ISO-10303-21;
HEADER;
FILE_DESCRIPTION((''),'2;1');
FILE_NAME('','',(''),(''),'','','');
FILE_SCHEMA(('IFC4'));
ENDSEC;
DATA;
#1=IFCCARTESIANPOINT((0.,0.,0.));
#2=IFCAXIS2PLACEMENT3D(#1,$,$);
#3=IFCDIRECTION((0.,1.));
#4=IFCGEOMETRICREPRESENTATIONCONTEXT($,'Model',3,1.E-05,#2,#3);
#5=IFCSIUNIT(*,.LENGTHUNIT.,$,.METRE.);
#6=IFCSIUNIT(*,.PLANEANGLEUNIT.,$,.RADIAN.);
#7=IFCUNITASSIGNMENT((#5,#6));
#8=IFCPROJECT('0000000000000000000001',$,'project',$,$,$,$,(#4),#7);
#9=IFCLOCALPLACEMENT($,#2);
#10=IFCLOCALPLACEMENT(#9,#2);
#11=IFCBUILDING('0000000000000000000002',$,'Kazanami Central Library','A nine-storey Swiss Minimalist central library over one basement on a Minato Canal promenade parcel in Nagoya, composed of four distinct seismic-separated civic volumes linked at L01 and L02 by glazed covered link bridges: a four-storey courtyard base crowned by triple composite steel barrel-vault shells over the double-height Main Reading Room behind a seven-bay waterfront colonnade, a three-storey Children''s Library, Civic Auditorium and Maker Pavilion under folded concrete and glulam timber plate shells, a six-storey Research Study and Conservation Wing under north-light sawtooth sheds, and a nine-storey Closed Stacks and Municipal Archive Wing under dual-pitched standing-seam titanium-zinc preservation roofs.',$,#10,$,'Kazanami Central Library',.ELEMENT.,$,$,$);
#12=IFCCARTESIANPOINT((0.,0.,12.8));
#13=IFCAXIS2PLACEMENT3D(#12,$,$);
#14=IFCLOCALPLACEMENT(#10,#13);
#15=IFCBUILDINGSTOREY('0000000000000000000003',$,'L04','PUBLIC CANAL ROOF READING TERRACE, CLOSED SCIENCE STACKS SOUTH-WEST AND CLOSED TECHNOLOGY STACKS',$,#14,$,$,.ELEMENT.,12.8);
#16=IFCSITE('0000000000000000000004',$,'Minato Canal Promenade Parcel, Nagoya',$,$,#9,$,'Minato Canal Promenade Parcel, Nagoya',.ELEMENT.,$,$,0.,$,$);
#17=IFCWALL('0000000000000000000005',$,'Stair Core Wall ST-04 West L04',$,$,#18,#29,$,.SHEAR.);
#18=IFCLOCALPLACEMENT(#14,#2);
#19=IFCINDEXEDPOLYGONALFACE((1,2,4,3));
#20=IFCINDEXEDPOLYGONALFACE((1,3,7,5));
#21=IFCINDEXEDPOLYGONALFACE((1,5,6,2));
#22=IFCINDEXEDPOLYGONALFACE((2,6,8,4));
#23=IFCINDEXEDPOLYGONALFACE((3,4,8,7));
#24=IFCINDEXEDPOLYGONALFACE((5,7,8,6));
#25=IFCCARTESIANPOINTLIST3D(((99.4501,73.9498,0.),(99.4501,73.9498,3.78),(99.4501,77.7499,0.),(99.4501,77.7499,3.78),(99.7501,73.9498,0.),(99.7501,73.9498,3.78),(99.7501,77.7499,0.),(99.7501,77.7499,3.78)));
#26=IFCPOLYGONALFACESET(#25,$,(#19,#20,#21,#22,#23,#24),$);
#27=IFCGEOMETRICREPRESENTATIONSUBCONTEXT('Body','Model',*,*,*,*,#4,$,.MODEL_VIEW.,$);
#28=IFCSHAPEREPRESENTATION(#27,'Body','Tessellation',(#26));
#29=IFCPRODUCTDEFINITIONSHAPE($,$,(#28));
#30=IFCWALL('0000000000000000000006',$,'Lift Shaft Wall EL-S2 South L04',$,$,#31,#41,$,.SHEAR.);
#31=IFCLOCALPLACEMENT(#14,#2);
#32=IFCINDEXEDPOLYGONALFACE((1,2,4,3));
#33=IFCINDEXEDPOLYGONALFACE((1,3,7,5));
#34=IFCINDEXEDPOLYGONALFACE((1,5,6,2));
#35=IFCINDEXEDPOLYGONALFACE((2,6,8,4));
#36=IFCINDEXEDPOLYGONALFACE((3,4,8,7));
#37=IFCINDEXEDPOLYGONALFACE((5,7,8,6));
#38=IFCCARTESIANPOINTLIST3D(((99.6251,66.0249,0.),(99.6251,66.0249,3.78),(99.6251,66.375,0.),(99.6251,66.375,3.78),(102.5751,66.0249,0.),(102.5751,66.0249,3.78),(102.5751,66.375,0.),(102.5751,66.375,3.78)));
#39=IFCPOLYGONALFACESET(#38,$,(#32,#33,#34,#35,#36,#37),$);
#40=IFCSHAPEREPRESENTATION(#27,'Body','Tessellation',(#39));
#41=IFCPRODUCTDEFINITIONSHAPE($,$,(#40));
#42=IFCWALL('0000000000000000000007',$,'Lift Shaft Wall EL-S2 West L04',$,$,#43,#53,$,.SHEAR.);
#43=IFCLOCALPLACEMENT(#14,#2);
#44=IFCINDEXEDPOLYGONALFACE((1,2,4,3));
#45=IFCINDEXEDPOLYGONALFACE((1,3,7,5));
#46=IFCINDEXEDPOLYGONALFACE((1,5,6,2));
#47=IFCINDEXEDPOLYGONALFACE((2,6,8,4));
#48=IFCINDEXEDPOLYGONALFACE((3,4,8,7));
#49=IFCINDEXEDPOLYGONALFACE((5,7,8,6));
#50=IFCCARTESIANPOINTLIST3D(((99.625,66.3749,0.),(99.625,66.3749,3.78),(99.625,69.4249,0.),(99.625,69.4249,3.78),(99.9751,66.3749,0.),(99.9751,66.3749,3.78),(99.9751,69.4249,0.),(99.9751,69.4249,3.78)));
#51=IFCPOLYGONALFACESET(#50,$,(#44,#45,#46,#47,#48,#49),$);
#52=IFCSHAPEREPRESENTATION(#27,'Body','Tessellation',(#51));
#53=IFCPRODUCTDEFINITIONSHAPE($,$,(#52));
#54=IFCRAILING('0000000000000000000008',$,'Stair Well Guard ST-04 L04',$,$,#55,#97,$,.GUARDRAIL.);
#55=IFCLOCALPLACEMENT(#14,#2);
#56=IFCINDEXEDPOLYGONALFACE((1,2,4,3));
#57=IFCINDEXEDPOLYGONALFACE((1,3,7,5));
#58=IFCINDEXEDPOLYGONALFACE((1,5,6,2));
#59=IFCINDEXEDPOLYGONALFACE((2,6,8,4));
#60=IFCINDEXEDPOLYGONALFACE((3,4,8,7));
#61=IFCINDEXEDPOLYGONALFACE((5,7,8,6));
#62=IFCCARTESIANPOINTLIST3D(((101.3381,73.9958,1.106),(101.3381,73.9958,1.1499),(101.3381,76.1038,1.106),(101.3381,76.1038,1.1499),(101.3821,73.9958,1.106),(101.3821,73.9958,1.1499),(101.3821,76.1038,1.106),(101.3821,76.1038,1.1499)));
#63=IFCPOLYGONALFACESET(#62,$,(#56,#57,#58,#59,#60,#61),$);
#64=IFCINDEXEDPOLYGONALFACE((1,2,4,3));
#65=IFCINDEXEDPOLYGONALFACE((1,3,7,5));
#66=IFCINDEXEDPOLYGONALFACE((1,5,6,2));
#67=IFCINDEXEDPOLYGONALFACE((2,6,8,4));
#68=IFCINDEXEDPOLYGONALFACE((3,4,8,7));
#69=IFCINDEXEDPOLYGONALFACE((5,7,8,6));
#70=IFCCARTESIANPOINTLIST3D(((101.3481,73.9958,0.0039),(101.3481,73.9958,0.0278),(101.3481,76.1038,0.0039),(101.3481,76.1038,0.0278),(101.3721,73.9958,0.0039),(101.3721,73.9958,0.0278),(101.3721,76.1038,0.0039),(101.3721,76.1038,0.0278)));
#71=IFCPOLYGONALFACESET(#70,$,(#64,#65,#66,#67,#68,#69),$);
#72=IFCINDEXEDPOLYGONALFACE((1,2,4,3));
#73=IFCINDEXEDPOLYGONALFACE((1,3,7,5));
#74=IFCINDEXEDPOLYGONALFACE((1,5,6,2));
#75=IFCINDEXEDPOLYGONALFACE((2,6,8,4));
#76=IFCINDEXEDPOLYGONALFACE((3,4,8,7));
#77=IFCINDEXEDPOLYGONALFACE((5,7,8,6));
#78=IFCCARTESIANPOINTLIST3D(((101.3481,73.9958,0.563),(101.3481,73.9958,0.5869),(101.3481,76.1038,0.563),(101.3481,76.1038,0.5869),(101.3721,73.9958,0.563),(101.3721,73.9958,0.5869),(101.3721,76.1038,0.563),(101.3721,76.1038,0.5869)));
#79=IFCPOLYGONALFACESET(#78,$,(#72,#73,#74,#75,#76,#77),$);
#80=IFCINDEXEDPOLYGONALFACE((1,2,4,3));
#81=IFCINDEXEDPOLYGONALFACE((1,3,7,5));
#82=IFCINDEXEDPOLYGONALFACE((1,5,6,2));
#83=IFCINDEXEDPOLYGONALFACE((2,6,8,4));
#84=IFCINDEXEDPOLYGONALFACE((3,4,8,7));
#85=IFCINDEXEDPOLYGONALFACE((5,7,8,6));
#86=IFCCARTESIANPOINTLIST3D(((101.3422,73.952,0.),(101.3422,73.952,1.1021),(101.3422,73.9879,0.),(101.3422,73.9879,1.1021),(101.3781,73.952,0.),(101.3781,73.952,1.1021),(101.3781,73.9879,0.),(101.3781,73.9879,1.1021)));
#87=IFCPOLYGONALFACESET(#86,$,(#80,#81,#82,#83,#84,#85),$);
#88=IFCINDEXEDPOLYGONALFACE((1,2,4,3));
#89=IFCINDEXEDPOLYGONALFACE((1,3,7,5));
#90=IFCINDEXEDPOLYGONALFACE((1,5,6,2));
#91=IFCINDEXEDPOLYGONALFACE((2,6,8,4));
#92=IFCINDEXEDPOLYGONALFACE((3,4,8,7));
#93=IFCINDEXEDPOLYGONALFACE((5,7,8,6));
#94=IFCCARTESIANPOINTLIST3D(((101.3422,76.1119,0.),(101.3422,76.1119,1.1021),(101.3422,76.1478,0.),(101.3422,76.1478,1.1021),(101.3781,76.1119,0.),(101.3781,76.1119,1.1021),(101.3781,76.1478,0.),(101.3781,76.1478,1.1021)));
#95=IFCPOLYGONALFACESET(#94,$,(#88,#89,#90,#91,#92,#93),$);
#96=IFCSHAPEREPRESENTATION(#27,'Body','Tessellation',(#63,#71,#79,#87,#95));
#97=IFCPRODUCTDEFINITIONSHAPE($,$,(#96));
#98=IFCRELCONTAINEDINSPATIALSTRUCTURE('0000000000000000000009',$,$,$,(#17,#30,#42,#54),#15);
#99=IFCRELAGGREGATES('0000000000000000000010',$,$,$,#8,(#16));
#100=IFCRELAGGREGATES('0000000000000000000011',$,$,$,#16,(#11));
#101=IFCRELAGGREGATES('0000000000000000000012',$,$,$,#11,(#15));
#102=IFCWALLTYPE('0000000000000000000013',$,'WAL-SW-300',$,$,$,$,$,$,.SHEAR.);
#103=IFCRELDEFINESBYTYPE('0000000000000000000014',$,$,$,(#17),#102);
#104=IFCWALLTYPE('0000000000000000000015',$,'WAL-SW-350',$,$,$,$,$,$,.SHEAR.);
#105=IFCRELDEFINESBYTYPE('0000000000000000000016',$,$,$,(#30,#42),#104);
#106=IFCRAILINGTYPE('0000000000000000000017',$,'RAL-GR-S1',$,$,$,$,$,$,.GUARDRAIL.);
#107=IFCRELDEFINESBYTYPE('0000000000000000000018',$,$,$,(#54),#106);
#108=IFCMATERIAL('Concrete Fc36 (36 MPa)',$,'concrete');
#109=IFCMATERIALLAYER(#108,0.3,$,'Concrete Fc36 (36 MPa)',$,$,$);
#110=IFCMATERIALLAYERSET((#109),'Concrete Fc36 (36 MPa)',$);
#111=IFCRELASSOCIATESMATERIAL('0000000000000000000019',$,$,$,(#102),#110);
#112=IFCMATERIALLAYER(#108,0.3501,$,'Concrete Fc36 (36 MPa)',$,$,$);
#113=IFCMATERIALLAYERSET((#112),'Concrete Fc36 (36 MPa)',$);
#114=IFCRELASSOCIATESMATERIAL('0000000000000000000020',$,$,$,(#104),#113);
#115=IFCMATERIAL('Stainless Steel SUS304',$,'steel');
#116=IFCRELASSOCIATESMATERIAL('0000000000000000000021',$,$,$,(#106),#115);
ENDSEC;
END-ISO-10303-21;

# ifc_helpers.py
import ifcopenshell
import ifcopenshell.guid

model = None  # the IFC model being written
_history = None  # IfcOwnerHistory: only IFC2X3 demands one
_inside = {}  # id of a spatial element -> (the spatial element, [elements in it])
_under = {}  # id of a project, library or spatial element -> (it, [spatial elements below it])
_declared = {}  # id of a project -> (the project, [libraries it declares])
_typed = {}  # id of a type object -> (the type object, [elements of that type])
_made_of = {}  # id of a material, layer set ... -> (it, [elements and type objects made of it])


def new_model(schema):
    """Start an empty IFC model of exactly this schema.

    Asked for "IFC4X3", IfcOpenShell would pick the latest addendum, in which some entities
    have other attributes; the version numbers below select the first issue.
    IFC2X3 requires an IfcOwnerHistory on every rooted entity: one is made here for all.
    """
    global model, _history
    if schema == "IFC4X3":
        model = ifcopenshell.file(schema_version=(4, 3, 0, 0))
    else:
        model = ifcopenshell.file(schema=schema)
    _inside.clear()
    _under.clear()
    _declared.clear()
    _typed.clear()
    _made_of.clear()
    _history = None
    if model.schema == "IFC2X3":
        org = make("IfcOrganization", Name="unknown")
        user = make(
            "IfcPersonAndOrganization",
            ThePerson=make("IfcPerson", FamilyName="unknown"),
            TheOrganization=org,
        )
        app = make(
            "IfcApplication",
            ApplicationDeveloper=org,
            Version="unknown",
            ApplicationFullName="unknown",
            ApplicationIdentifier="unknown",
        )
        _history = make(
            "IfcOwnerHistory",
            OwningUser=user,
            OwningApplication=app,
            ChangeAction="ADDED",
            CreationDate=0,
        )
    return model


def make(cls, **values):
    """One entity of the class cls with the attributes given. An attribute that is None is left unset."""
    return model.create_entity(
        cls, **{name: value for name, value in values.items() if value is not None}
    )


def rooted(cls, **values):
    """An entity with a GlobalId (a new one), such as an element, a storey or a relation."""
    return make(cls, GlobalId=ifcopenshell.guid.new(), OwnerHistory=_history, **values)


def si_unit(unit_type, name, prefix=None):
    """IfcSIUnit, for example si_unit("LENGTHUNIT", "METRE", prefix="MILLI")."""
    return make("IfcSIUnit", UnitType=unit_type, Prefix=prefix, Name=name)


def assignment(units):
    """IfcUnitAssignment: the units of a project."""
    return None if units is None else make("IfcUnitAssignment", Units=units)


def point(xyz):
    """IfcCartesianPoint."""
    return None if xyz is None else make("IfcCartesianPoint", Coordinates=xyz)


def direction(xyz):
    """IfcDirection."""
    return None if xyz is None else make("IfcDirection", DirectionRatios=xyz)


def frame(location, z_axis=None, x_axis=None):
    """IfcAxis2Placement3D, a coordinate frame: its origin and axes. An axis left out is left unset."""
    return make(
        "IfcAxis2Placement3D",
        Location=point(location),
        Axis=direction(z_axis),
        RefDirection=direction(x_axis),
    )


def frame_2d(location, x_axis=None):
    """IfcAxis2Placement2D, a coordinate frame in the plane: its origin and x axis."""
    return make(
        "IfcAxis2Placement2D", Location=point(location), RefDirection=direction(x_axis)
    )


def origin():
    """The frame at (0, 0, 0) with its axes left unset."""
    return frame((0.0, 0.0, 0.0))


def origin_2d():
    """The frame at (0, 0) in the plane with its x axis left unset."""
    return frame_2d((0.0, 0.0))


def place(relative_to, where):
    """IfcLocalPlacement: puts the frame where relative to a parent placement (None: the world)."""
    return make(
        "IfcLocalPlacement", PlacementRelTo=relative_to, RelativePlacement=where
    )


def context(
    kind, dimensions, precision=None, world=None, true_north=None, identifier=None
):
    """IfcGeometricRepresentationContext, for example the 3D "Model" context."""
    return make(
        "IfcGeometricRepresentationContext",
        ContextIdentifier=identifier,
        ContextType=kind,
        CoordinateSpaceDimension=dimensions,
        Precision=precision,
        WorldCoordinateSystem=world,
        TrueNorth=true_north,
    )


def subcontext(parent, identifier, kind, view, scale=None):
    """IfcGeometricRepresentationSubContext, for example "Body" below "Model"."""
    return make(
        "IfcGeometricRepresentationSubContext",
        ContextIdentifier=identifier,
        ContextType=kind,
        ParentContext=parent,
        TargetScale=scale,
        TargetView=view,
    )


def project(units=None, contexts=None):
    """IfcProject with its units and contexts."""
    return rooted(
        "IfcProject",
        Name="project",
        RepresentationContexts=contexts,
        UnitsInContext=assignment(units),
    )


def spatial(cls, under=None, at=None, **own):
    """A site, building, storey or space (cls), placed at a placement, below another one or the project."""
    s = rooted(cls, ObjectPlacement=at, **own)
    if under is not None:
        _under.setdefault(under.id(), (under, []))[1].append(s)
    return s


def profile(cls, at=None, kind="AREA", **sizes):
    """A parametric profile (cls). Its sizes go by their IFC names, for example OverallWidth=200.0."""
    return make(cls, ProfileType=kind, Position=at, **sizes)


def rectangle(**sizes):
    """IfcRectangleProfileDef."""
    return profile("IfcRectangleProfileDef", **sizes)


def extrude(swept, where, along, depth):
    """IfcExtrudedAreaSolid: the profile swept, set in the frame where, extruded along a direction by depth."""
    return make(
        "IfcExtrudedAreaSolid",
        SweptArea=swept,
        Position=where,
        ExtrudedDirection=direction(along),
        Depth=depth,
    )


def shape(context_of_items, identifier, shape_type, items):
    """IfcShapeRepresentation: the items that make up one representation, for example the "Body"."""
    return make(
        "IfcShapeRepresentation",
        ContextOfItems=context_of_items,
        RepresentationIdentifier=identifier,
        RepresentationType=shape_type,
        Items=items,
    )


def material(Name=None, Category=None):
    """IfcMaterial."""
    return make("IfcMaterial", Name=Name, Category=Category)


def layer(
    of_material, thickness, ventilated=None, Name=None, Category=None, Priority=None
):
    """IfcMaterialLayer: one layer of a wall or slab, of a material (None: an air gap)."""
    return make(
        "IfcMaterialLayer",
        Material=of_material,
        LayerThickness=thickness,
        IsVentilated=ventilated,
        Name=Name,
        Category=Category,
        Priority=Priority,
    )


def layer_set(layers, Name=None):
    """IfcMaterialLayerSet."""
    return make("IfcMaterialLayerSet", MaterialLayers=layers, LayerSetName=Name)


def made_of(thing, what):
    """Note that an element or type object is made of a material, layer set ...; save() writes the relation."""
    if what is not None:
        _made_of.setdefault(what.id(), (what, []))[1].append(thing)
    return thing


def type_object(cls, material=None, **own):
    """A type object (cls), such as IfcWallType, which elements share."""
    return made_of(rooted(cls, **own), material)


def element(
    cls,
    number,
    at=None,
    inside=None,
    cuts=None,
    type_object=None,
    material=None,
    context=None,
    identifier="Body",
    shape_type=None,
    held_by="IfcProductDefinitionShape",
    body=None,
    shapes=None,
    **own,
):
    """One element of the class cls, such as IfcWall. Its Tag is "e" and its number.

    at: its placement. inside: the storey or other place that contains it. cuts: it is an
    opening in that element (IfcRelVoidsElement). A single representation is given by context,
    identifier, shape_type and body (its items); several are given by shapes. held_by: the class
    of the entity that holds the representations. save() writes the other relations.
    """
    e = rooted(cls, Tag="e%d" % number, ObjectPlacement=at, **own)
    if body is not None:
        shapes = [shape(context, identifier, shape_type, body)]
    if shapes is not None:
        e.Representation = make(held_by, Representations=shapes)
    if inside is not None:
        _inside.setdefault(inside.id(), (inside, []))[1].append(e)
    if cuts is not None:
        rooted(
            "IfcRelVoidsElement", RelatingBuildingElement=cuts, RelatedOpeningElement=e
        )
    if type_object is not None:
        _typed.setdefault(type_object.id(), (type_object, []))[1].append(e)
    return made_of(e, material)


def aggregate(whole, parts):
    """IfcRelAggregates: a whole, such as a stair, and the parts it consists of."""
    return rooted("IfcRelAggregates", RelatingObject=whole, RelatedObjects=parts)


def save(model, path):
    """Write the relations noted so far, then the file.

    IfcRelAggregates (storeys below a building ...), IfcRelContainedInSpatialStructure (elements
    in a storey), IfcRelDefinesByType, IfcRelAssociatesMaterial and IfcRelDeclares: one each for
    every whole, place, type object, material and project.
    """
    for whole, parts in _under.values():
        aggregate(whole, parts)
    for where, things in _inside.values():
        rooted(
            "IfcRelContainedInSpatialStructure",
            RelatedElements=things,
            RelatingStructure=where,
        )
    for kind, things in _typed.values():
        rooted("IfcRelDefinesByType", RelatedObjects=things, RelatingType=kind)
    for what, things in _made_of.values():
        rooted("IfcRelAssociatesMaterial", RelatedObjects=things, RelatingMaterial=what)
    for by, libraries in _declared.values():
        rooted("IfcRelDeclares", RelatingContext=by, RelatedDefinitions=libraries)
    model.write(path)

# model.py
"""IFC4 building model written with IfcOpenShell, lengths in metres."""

from ifc_helpers import new_model, si_unit, direction, frame, frame_2d, origin, origin_2d, place, context, subcontext, project, spatial, rectangle, extrude, material, layer, layer_set, type_object, element, save


model = new_model("IFC4")

# Units and contexts
model_context = context("Model", 3, precision=1e-05, world=origin(), true_north=direction((0.0, 1.0)))
body_context = subcontext(model_context, "Body", "Model", "MODEL_VIEW")
ifc_project = project(units=[si_unit("LENGTHUNIT", "METRE"), si_unit("PLANEANGLEUNIT", "RADIAN")], contexts=[model_context])

# Site, building, storey
site_placement = place(None, origin())
site = spatial("IfcSite", under=ifc_project, at=site_placement, Name="Minato Canal Promenade Parcel, Nagoya", LongName="Minato Canal Promenade Parcel, Nagoya", CompositionType="ELEMENT", RefElevation=0.0)
building_placement = place(site_placement, origin())
building = spatial("IfcBuilding", under=site, at=building_placement, Name="Kazanami Central Library", Description="A nine-storey Swiss Minimalist central library over one basement on a Minato Canal promenade parcel in Nagoya, composed of four distinct seismic-separated civic volumes linked at L01 and L02 by glazed covered link bridges: a four-storey courtyard base crowned by triple composite steel barrel-vault shells over the double-height Main Reading Room behind a seven-bay waterfront colonnade, a three-storey Children's Library, Civic Auditorium and Maker Pavilion under folded concrete and glulam timber plate shells, a six-storey Research Study and Conservation Wing under north-light sawtooth sheds, and a nine-storey Closed Stacks and Municipal Archive Wing under dual-pitched standing-seam titanium-zinc preservation roofs.", LongName="Kazanami Central Library", CompositionType="ELEMENT")
storey_placement = place(building_placement, frame((0.0, 0.0, 12.8)))
storey = spatial("IfcBuildingStorey", under=building, at=storey_placement, Name="L04", Description="PUBLIC CANAL ROOF READING TERRACE, CLOSED SCIENCE STACKS SOUTH-WEST AND CLOSED TECHNOLOGY STACKS", CompositionType="ELEMENT", Elevation=12.8)

# Shared definitions
ifc_material_1 = material(Name="Concrete Fc36 (36 MPa)", Category="concrete")
ifc_layer_1 = layer(ifc_material_1, 0.3, Name="Concrete Fc36 (36 MPa)")
ifc_layer_set_1 = layer_set([ifc_layer_1], Name="Concrete Fc36 (36 MPa)")
wall_type_1 = type_object("IfcWallType", Name="WAL-SW-300", PredefinedType="SHEAR", material=ifc_layer_set_1)

# Walls
wall_1_placement = place(storey_placement, frame((99.6001, 73.95, 0.0), z_axis=(0.0, 0.0, 1.0), x_axis=(0.0, 1.0, 0.0)))
element("IfcWall", 1, at=wall_1_placement, inside=storey, type_object=wall_type_1, Name="Stair Core Wall ST-04 West L04", PredefinedType="SHEAR", context=body_context, shape_type="SweptSolid", body=[
    extrude(rectangle(XDim=3.8, YDim=0.3, at=frame_2d((1.8999, 0.0))), origin(), (0.0, 0.0, 1.0), 3.78),
])
ifc_layer_2 = layer(ifc_material_1, 0.3501, Name="Concrete Fc36 (36 MPa)")
ifc_layer_set_2 = layer_set([ifc_layer_2], Name="Concrete Fc36 (36 MPa)")
wall_type_2 = type_object("IfcWallType", Name="WAL-SW-350", PredefinedType="SHEAR", material=ifc_layer_set_2)
wall_2_placement = place(storey_placement, frame((99.625, 66.2, 0.0), z_axis=(0.0, 0.0, 1.0), x_axis=(1.0, 0.0, 0.0)))
element("IfcWall", 2, at=wall_2_placement, inside=storey, type_object=wall_type_2, Name="Lift Shaft Wall EL-S2 South L04", PredefinedType="SHEAR", context=body_context, shape_type="SweptSolid", body=[
    extrude(rectangle(XDim=2.95, YDim=0.3501, at=frame_2d((1.4751, 0.0))), origin(), (0.0, 0.0, 1.0), 3.78),
])

# Shared definitions
ifc_material_2 = material(Name="Stainless Steel SUS304", Category="steel")

# Wall
wall_3_placement = place(storey_placement, frame((99.8, 66.375, 0.0), z_axis=(0.0, 0.0, 1.0), x_axis=(0.0, 1.0, 0.0)))
element("IfcWall", 3, at=wall_3_placement, inside=storey, type_object=wall_type_2, Name="Lift Shaft Wall EL-S2 West L04", PredefinedType="SHEAR", context=body_context, shape_type="SweptSolid", body=[
    extrude(rectangle(XDim=3.05, YDim=0.3501, at=frame_2d((1.5249, 0.0))), origin(), (0.0, 0.0, 1.0), 3.78),
])

# Railing
railing_type = type_object("IfcRailingType", Name="RAL-GR-S1", PredefinedType="GUARDRAIL", material=ifc_material_2)
railing_placement = place(storey_placement, frame((101.3601, 73.97, 0.0)))
element("IfcRailing", 4, at=railing_placement, inside=storey, type_object=railing_type, Name="Stair Well Guard ST-04 L04", PredefinedType="GUARDRAIL", context=body_context, shape_type="SweptSolid", body=[
    extrude(rectangle(XDim=0.0439, YDim=0.0439, at=origin_2d()), frame((0.0, 0.0259, 1.1279), z_axis=(0.0, 1.0, 0.0), x_axis=(-1.0, 0.0, 0.0)), (0.0, 0.0, 1.0), 2.1079),
    extrude(rectangle(XDim=0.0239, YDim=0.0239, at=origin_2d()), frame((0.0, 0.0259, 0.0159), z_axis=(0.0, 1.0, 0.0), x_axis=(-1.0, 0.0, 0.0)), (0.0, 0.0, 1.0), 2.1079),
    extrude(rectangle(XDim=0.0239, YDim=0.0239, at=origin_2d()), frame((0.0, 0.0259, 0.575), z_axis=(0.0, 1.0, 0.0), x_axis=(-1.0, 0.0, 0.0)), (0.0, 0.0, 1.0), 2.1079),
    extrude(rectangle(XDim=0.0359, YDim=0.0359, at=origin_2d()), origin(), (0.0, 0.0, 1.0), 1.1021),
    extrude(rectangle(XDim=0.0359, YDim=0.0359, at=origin_2d()), frame((0.0, 2.1599, 0.0)), (0.0, 0.0, 1.0), 1.1021),
])

save(model, "model.ifc")
